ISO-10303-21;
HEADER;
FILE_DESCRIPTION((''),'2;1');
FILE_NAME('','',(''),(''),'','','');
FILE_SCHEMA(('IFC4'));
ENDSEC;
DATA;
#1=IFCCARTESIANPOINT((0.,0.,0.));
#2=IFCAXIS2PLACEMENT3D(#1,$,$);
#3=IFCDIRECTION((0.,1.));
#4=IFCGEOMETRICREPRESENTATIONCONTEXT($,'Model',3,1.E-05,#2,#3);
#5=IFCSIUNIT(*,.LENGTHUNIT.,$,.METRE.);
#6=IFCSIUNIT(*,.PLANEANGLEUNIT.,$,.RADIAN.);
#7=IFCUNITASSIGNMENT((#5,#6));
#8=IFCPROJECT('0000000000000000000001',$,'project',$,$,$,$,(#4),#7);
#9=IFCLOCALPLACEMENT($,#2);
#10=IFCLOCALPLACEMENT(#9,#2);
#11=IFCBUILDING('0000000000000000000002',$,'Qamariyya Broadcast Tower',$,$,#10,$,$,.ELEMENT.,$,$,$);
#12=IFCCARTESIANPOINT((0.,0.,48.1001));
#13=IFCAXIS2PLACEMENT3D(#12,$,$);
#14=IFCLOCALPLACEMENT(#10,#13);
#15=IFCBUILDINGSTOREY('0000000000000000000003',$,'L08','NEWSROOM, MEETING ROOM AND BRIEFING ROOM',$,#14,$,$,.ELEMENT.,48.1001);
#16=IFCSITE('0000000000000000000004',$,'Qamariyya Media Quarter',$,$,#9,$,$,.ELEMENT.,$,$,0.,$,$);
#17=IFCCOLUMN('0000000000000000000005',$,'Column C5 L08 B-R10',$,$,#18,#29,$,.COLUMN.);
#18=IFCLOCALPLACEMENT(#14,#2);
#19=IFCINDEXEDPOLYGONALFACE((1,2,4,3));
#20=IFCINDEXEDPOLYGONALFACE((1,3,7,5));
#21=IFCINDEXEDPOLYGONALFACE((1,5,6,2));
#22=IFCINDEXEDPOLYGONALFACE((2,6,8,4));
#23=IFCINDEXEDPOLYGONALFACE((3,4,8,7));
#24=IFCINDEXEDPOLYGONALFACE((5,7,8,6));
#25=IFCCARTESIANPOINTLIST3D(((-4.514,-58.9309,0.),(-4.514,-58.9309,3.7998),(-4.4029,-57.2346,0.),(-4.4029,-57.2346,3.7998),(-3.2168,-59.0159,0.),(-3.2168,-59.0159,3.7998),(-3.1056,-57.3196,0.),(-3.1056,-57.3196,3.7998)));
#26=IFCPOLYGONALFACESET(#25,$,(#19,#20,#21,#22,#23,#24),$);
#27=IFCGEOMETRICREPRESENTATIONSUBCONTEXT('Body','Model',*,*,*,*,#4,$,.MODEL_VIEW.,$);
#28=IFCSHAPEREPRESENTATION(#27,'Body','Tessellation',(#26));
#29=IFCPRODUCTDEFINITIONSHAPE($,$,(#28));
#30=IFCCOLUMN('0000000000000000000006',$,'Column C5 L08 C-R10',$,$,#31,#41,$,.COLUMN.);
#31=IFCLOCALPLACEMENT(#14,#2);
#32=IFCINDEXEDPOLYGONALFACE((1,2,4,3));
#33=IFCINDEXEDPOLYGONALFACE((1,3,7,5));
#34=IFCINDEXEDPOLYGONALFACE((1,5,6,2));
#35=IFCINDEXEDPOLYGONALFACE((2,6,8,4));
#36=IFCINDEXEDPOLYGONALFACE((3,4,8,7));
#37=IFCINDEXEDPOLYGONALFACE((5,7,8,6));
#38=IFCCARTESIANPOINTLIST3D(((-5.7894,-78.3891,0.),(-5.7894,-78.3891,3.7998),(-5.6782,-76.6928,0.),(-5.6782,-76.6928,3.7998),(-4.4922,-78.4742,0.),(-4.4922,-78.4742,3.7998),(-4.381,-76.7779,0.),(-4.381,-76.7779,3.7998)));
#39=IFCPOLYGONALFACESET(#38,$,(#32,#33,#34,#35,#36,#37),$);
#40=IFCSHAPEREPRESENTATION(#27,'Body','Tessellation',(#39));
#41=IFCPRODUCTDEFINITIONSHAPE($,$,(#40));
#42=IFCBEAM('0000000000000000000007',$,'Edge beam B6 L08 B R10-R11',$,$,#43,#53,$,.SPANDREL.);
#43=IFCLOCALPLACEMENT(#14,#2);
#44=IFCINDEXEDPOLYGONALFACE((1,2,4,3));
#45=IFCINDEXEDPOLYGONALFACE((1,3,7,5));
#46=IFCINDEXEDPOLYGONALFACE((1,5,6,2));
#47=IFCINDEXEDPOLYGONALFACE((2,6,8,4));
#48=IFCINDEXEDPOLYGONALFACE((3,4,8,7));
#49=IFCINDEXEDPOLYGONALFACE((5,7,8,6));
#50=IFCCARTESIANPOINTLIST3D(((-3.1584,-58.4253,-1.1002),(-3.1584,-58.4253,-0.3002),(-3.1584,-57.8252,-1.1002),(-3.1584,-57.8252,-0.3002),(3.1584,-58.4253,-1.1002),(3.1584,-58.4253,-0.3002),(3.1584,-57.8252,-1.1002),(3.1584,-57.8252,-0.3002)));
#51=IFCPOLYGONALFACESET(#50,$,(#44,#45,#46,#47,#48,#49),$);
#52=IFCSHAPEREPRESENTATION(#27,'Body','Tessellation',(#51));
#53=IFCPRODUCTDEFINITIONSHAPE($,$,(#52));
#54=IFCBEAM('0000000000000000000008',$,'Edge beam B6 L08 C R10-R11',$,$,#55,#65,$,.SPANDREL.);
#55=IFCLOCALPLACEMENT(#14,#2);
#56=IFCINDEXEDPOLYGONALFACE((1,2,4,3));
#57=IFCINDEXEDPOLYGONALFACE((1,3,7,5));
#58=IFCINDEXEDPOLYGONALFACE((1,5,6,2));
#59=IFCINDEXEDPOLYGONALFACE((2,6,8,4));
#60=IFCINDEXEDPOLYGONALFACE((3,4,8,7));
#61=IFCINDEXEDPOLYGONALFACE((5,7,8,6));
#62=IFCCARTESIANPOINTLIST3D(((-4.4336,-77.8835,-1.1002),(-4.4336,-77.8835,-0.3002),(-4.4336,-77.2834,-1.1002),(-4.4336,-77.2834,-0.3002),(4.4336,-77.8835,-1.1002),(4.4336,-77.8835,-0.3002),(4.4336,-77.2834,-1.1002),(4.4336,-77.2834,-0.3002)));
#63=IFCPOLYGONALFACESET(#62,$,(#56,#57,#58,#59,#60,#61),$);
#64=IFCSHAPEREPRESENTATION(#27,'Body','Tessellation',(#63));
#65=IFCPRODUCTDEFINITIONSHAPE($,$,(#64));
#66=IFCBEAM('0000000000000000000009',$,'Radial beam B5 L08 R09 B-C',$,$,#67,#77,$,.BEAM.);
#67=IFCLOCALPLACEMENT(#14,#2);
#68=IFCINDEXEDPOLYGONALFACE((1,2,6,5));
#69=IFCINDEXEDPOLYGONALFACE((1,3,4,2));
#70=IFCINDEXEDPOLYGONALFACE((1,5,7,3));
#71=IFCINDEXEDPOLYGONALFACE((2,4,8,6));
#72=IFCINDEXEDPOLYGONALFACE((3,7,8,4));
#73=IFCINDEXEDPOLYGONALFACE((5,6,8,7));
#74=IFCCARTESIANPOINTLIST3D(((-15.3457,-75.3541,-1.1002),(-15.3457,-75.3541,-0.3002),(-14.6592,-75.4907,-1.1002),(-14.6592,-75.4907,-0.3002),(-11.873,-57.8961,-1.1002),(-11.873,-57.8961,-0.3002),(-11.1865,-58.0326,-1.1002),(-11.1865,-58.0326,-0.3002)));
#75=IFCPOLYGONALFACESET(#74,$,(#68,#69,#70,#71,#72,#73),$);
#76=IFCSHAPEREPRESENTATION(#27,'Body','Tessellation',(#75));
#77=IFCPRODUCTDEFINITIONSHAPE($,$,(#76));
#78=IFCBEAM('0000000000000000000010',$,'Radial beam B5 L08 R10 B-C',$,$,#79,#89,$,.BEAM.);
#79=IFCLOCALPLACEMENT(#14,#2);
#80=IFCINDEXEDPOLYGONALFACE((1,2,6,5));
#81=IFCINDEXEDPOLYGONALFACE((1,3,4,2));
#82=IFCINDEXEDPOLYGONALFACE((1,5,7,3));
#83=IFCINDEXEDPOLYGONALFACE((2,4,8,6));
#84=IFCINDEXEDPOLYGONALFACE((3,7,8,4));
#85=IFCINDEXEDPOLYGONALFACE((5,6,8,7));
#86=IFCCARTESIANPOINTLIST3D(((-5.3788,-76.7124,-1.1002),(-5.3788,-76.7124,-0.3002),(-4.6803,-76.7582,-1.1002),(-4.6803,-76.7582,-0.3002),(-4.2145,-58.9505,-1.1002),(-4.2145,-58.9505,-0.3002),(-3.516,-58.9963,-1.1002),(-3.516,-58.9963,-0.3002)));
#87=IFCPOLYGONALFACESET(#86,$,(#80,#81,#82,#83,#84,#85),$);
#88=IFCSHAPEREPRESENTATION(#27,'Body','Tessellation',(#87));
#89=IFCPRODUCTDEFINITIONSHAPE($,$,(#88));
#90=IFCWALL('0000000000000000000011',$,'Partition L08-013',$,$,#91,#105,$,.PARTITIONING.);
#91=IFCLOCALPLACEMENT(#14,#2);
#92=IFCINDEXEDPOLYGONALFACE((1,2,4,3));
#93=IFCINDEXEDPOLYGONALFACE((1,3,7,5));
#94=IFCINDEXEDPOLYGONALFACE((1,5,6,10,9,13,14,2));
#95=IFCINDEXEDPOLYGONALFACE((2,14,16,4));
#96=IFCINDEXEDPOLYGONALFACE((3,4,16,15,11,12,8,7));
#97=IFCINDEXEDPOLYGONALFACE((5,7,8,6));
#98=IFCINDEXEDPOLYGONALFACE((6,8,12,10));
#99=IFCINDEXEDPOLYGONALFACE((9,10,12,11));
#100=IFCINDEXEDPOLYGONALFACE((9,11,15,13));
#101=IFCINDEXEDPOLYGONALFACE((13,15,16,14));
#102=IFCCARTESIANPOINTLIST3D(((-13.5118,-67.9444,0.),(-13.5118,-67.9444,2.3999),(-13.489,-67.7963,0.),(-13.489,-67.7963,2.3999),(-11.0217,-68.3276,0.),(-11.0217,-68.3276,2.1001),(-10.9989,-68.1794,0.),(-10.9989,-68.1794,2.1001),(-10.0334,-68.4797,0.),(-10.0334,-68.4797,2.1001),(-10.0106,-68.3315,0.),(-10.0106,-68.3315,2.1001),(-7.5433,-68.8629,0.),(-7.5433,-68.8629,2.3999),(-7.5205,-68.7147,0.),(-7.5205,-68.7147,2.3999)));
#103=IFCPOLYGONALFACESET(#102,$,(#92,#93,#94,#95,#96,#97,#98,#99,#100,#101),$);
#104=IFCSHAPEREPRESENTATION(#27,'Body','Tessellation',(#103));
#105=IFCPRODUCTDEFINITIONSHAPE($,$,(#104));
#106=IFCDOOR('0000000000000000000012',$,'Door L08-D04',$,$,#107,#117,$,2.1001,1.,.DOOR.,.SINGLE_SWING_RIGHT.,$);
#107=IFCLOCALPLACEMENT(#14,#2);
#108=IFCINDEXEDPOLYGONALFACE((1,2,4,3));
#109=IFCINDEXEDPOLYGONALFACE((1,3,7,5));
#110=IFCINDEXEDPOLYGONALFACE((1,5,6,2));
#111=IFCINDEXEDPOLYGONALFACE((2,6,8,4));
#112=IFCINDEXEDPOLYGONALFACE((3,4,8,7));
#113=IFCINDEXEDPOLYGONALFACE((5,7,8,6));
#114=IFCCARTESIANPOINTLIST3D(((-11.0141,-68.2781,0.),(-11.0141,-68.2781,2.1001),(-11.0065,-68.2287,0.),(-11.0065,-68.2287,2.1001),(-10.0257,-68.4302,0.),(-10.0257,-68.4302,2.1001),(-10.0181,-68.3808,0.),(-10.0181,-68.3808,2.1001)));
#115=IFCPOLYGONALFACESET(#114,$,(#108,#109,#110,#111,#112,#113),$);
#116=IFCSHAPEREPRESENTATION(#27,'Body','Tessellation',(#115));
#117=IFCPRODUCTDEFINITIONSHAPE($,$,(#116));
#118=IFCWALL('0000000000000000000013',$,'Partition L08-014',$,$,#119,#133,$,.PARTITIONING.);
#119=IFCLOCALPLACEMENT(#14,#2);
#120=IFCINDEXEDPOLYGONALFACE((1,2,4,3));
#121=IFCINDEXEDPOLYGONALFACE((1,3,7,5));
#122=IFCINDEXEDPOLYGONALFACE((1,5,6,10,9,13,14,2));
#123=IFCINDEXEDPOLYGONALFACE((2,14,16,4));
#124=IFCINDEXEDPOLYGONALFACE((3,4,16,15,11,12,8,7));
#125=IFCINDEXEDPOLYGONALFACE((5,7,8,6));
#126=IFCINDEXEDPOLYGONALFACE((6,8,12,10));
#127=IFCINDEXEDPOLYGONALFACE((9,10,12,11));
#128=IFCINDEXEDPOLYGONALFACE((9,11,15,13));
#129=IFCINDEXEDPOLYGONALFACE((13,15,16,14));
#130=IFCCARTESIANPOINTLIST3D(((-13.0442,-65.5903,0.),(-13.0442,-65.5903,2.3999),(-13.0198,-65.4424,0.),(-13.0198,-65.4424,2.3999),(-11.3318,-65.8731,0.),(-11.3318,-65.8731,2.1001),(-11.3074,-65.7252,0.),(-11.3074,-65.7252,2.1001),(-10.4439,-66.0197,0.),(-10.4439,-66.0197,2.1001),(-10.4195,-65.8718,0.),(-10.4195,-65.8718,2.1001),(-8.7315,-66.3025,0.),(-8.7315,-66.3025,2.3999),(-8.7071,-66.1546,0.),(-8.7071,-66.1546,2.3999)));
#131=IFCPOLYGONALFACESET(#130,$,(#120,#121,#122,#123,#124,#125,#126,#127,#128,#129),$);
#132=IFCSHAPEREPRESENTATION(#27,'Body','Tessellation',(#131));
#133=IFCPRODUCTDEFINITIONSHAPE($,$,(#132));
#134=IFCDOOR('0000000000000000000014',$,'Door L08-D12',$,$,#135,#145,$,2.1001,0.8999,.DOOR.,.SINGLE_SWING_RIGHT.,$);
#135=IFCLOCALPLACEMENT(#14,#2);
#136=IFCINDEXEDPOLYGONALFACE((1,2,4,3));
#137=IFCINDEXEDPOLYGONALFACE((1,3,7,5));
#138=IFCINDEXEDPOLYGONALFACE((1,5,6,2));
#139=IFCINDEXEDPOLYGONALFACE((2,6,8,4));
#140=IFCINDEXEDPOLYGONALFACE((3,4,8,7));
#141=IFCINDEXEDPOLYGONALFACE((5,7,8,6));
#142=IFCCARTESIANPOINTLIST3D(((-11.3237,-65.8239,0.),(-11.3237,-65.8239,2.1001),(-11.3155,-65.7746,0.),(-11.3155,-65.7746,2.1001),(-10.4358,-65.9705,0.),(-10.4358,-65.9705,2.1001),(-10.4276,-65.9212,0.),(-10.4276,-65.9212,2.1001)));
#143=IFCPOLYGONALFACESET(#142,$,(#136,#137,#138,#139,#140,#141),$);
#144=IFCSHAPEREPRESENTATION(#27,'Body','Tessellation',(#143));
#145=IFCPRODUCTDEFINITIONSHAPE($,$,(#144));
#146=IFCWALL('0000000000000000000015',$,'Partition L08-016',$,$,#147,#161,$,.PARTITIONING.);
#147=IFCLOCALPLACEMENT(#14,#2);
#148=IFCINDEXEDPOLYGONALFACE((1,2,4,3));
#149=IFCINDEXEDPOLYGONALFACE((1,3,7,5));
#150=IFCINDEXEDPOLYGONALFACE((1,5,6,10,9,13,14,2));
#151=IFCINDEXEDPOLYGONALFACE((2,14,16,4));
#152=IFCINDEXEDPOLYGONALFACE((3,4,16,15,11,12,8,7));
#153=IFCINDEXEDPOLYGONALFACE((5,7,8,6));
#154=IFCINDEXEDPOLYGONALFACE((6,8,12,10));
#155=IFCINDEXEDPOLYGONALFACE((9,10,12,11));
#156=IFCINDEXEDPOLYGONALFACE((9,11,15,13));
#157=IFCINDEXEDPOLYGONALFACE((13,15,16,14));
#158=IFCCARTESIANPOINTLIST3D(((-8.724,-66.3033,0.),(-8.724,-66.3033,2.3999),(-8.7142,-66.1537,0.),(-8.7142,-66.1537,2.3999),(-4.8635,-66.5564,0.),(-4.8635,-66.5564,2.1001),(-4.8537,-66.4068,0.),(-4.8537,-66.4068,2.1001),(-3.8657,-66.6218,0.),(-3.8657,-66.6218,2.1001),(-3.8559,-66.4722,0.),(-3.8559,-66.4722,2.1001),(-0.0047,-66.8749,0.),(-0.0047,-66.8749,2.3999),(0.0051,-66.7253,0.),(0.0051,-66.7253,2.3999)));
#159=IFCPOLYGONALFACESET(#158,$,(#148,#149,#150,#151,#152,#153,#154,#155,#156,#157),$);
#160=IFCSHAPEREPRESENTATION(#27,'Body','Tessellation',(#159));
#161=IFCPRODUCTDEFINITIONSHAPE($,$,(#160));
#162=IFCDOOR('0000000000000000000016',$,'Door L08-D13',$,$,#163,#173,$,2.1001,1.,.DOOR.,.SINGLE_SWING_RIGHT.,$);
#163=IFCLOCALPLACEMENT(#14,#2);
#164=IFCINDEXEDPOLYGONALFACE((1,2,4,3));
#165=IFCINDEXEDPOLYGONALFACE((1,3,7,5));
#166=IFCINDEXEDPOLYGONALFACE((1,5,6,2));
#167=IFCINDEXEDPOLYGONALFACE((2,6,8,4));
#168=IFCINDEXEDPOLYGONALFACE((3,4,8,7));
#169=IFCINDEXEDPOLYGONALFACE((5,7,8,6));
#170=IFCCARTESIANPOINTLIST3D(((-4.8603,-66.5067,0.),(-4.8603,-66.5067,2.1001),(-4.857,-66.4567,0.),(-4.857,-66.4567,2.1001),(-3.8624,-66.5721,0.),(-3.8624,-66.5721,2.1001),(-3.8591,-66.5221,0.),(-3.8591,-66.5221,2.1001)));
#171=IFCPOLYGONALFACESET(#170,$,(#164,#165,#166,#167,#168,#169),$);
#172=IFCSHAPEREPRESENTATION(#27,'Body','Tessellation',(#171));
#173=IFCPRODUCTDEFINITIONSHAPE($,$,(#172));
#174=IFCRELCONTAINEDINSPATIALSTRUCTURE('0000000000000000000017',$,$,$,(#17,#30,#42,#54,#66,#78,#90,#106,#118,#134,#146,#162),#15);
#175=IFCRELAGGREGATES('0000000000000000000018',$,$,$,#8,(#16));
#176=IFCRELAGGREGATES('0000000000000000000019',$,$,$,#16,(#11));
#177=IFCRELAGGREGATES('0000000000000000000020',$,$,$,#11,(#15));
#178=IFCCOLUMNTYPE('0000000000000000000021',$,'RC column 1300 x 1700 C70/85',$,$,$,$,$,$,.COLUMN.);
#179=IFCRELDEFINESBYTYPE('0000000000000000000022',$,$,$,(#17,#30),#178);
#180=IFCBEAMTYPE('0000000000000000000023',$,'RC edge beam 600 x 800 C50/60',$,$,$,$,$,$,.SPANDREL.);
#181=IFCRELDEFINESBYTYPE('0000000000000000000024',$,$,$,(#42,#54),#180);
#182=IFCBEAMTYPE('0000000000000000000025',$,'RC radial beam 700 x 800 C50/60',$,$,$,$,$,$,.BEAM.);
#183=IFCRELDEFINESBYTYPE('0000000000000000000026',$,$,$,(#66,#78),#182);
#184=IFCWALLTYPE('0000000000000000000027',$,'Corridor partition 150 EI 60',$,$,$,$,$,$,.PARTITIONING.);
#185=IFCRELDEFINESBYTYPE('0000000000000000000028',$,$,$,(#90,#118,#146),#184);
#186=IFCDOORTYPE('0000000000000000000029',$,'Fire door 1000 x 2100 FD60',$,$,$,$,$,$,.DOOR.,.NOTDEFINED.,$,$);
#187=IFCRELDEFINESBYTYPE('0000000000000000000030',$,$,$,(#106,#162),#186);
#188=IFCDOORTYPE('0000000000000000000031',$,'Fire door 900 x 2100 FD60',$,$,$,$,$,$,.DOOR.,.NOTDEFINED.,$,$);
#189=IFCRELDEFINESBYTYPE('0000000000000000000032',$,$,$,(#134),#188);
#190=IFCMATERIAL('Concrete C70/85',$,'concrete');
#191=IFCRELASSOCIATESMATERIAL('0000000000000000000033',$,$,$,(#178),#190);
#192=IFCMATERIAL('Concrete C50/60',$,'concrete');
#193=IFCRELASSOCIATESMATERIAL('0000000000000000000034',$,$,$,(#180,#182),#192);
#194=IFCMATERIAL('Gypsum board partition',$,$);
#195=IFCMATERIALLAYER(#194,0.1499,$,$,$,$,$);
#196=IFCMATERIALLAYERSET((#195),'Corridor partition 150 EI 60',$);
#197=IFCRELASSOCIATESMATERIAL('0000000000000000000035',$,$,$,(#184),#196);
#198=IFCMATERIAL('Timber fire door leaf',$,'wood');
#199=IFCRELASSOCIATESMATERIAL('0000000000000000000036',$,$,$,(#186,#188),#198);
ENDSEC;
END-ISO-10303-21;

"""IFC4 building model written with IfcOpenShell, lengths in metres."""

from ifc_helpers import new_model, si_unit, direction, frame, frame_2d, origin, origin_2d, place, context, subcontext, project, spatial, rectangle, extrude, material, layer, layer_set, material_profile, profile_set, type_object, element, fill, save


model = new_model("IFC4")

# Units and contexts
model_context = context("Model", 3, precision=1e-05, world=origin(), true_north=direction((0.0, 1.0)))
body_context = subcontext(model_context, "Body", "Model", "MODEL_VIEW")
ifc_project = project(units=[si_unit("LENGTHUNIT", "METRE"), si_unit("PLANEANGLEUNIT", "RADIAN")], contexts=[model_context])

# Site, building, storey
site_placement = place(None, origin())
site = spatial("IfcSite", under=ifc_project, at=site_placement, Name="Qamariyya Media Quarter", CompositionType="ELEMENT", RefElevation=0.0)
building_placement = place(site_placement, origin())
building = spatial("IfcBuilding", under=site, at=building_placement, Name="Qamariyya Broadcast Tower", CompositionType="ELEMENT")
storey_placement = place(building_placement, frame((0.0, 0.0, 48.1001)))
storey = spatial("IfcBuildingStorey", under=building, at=storey_placement, Name="L08", Description="NEWSROOM, MEETING ROOM AND BRIEFING ROOM", CompositionType="ELEMENT", Elevation=48.1001)

# Columns
ifc_material_1 = material(Name="Concrete C70/85", Category="concrete")
ifc_material_profile_1 = material_profile(ifc_material_1, rectangle(XDim=1.3, YDim=1.7, at=origin_2d()))
ifc_profile_set_1 = profile_set([ifc_material_profile_1], Name="Concrete C70/85")
column_type = type_object("IfcColumnType", Name="RC column 1300 x 1700 C70/85", PredefinedType="COLUMN", material=ifc_profile_set_1)
for number, where, z_axis, x_axis, name in (
    (1, (-3.8098, -58.1252, 0.0), (0.0, 0.0, 1.0), (0.997859, -0.065403, 0.0), "Column C5 L08 B-R10"),
    (2, (-5.0852, -77.5835, 0.0), (0.0, 0.0, 1.0), (0.997859, -0.065403, 0.0), "Column C5 L08 C-R10"),
):
    element("IfcColumn", number, at=place(storey_placement, frame(where, z_axis=z_axis, x_axis=x_axis)), inside=storey, type_object=column_type, Name=name, PredefinedType="COLUMN", context=body_context, shape_type="SweptSolid", body=[
        extrude(rectangle(XDim=1.3, YDim=1.7, at=origin_2d()), origin(), (0.0, 0.0, 1.0), 3.7998),
    ])

# Beams
ifc_material_2 = material(Name="Concrete C50/60", Category="concrete")
ifc_material_profile_2 = material_profile(ifc_material_2, rectangle(XDim=0.6001, YDim=0.8, at=origin_2d()))
ifc_profile_set_2 = profile_set([ifc_material_profile_2], Name="Concrete C50/60")
beam_type_1 = type_object("IfcBeamType", Name="RC edge beam 600 x 800 C50/60", PredefinedType="SPANDREL", material=ifc_profile_set_2)
beam_1_placement = place(storey_placement, frame((-3.1584, -58.1252, -0.7002), z_axis=(1.0, 0.0, 0.0), x_axis=(0.0, 1.0, 0.0)))
element("IfcBeam", 3, at=beam_1_placement, inside=storey, type_object=beam_type_1, Name="Edge beam B6 L08 B R10-R11", PredefinedType="SPANDREL", context=body_context, shape_type="SweptSolid", body=[
    extrude(rectangle(XDim=0.6001, YDim=0.8, at=origin_2d()), origin(), (0.0, 0.0, 1.0), 6.3169),
])
beam_2_placement = place(storey_placement, frame((-4.4336, -77.5835, -0.7002), z_axis=(1.0, 0.0, 0.0), x_axis=(0.0, 1.0, 0.0)))
element("IfcBeam", 4, at=beam_2_placement, inside=storey, type_object=beam_type_1, Name="Edge beam B6 L08 C R10-R11", PredefinedType="SPANDREL", context=body_context, shape_type="SweptSolid", body=[
    extrude(rectangle(XDim=0.6001, YDim=0.8, at=origin_2d()), origin(), (0.0, 0.0, 1.0), 8.8672),
])
ifc_material_profile_3 = material_profile(ifc_material_2, rectangle(XDim=0.7, YDim=0.8, at=origin_2d()))
ifc_profile_set_3 = profile_set([ifc_material_profile_3], Name="Concrete C50/60")
beam_type_2 = type_object("IfcBeamType", Name="RC radial beam 700 x 800 C50/60", PredefinedType="BEAM", material=ifc_profile_set_3)
for number, where, z_axis, x_axis, name in (
    (5, (-11.5298, -57.9644, -0.7002), (-0.195093, -0.980785, 0.0), (0.980785, -0.195093, 0.0), "Radial beam B5 L08 R09 B-C"),
    (6, (-3.8652, -58.9734, -0.7002), (-0.06541, -0.997858, 0.0), (0.997858, -0.06541, 0.0), "Radial beam B5 L08 R10 B-C"),
):
    element("IfcBeam", number, at=place(storey_placement, frame(where, z_axis=z_axis, x_axis=x_axis)), inside=storey, type_object=beam_type_2, Name=name, PredefinedType="BEAM", context=body_context, shape_type="SweptSolid", body=[
        extrude(rectangle(XDim=0.7, YDim=0.8, at=origin_2d()), origin(), (0.0, 0.0, 1.0), 17.8),
    ])

# Walls, openings, doors
ifc_material_3 = material(Name="Gypsum board partition")
ifc_layer_1 = layer(ifc_material_3, 0.1499)
ifc_layer_set_1 = layer_set([ifc_layer_1], Name="Corridor partition 150 EI 60")
wall_type_1 = type_object("IfcWallType", Name="Corridor partition 150 EI 60", PredefinedType="PARTITIONING", material=ifc_layer_set_1)
wall_1_placement = place(storey_placement, frame((-7.5317, -68.7888, 0.0), z_axis=(0.0, 0.0, 1.0), x_axis=(-0.988366, 0.152094, 0.0)))
wall_1 = element("IfcWall", 7, at=wall_1_placement, inside=storey, type_object=wall_type_1, Name="Partition L08-013", PredefinedType="PARTITIONING", context=body_context, shape_type="SweptSolid", body=[
    extrude(rectangle(XDim=6.0388, YDim=0.1499, at=frame_2d((3.0195, 0.0))), origin(), (0.0, 0.0, 1.0), 2.3999),
])
opening_1_placement = place(wall_1_placement, frame((2.5195, 0.0, 0.0)))
opening_1 = element("IfcOpeningElement", 8, at=opening_1_placement, cuts=wall_1, PredefinedType="OPENING", context=body_context, shape_type="SweptSolid", body=[
    extrude(rectangle(XDim=1.0, YDim=2.1001, at=frame_2d((0.5, 1.05))), frame((0.0, 0.085, 0.0), z_axis=(0.0, -1.0, 0.0), x_axis=(1.0, 0.0, 0.0)), (0.0, 0.0, 1.0), 0.1699),
])
ifc_material_4 = material(Name="Timber fire door leaf", Category="wood")
door_type_1 = type_object("IfcDoorType", Name="Fire door 1000 x 2100 FD60", OperationType="NOTDEFINED", PredefinedType="DOOR", material=ifc_material_4)
door_1_placement = place(opening_1_placement, origin())
door_1 = element("IfcDoor", 9, at=door_1_placement, inside=storey, type_object=door_type_1, Name="Door L08-D04", OperationType="SINGLE_SWING_RIGHT", OverallHeight=2.1001, OverallWidth=1.0, PredefinedType="DOOR", context=body_context, shape_type="SweptSolid", body=[
    extrude(rectangle(XDim=1.0, YDim=2.1001, at=frame_2d((0.5, 1.05))), frame((0.0, 0.0249, 0.0), z_axis=(0.0, -1.0, 0.0), x_axis=(1.0, 0.0, 0.0)), (0.0, 0.0, 1.0), 0.05),
])
fill(opening_1, door_1)
wall_2_placement = place(storey_placement, frame((-13.032, -65.5164, 0.0), z_axis=(0.0, 0.0, 1.0), x_axis=(0.986639, -0.162922, 0.0)))
wall_2 = element("IfcWall", 10, at=wall_2_placement, inside=storey, type_object=wall_type_1, Name="Partition L08-014", PredefinedType="PARTITIONING", context=body_context, shape_type="SweptSolid", body=[
    extrude(rectangle(XDim=4.3711, YDim=0.1499, at=frame_2d((2.1855, 0.0))), origin(), (0.0, 0.0, 1.0), 2.3999),
])
opening_2_placement = place(wall_2_placement, frame((1.7356, 0.0, 0.0)))
opening_2 = element("IfcOpeningElement", 11, at=opening_2_placement, cuts=wall_2, PredefinedType="OPENING", context=body_context, shape_type="SweptSolid", body=[
    extrude(rectangle(XDim=0.8999, YDim=2.1001, at=frame_2d((0.45, 1.05))), frame((0.0, 0.085, 0.0), z_axis=(0.0, -1.0, 0.0), x_axis=(1.0, 0.0, 0.0)), (0.0, 0.0, 1.0), 0.1699),
])
door_type_2 = type_object("IfcDoorType", Name="Fire door 900 x 2100 FD60", OperationType="NOTDEFINED", PredefinedType="DOOR", material=ifc_material_4)
door_2_placement = place(opening_2_placement, origin())
door_2 = element("IfcDoor", 12, at=door_2_placement, inside=storey, type_object=door_type_2, Name="Door L08-D12", OperationType="SINGLE_SWING_RIGHT", OverallHeight=2.1001, OverallWidth=0.8999, PredefinedType="DOOR", context=body_context, shape_type="SweptSolid", body=[
    extrude(rectangle(XDim=0.8999, YDim=2.1001, at=frame_2d((0.45, 1.05))), frame((0.0, 0.0249, 0.0), z_axis=(0.0, -1.0, 0.0), x_axis=(1.0, 0.0, 0.0)), (0.0, 0.0, 1.0), 0.05),
])
fill(opening_2, door_2)
wall_3_placement = place(storey_placement, frame((-8.7192, -66.2285, 0.0), z_axis=(0.0, 0.0, 1.0), x_axis=(0.997859, -0.065408, 0.0)))
wall_3 = element("IfcWall", 13, at=wall_3_placement, inside=storey, type_object=wall_type_1, Name="Partition L08-016", PredefinedType="PARTITIONING", context=body_context, shape_type="SweptSolid", body=[
    extrude(rectangle(XDim=8.738, YDim=0.1499, at=frame_2d((4.3691, 0.0))), origin(), (0.0, 0.0, 1.0), 2.3999),
])
opening_3_placement = place(wall_3_placement, frame((3.8689, 0.0, 0.0)))
opening_3 = element("IfcOpeningElement", 14, at=opening_3_placement, cuts=wall_3, PredefinedType="OPENING", context=body_context, shape_type="SweptSolid", body=[
    extrude(rectangle(XDim=1.0, YDim=2.1001, at=frame_2d((0.5, 1.05))), frame((0.0, 0.085, 0.0), z_axis=(0.0, -1.0, 0.0), x_axis=(1.0, 0.0, 0.0)), (0.0, 0.0, 1.0), 0.1699),
])
door_3_placement = place(opening_3_placement, origin())
door_3 = element("IfcDoor", 15, at=door_3_placement, inside=storey, type_object=door_type_1, Name="Door L08-D13", OperationType="SINGLE_SWING_RIGHT", OverallHeight=2.1001, OverallWidth=1.0, PredefinedType="DOOR", context=body_context, shape_type="SweptSolid", body=[
    extrude(rectangle(XDim=1.0, YDim=2.1001, at=frame_2d((0.5, 1.05))), frame((0.0, 0.0249, 0.0), z_axis=(0.0, -1.0, 0.0), x_axis=(1.0, 0.0, 0.0)), (0.0, 0.0, 1.0), 0.05),
])
fill(opening_3, door_3)

save(model, "model.ifc")
